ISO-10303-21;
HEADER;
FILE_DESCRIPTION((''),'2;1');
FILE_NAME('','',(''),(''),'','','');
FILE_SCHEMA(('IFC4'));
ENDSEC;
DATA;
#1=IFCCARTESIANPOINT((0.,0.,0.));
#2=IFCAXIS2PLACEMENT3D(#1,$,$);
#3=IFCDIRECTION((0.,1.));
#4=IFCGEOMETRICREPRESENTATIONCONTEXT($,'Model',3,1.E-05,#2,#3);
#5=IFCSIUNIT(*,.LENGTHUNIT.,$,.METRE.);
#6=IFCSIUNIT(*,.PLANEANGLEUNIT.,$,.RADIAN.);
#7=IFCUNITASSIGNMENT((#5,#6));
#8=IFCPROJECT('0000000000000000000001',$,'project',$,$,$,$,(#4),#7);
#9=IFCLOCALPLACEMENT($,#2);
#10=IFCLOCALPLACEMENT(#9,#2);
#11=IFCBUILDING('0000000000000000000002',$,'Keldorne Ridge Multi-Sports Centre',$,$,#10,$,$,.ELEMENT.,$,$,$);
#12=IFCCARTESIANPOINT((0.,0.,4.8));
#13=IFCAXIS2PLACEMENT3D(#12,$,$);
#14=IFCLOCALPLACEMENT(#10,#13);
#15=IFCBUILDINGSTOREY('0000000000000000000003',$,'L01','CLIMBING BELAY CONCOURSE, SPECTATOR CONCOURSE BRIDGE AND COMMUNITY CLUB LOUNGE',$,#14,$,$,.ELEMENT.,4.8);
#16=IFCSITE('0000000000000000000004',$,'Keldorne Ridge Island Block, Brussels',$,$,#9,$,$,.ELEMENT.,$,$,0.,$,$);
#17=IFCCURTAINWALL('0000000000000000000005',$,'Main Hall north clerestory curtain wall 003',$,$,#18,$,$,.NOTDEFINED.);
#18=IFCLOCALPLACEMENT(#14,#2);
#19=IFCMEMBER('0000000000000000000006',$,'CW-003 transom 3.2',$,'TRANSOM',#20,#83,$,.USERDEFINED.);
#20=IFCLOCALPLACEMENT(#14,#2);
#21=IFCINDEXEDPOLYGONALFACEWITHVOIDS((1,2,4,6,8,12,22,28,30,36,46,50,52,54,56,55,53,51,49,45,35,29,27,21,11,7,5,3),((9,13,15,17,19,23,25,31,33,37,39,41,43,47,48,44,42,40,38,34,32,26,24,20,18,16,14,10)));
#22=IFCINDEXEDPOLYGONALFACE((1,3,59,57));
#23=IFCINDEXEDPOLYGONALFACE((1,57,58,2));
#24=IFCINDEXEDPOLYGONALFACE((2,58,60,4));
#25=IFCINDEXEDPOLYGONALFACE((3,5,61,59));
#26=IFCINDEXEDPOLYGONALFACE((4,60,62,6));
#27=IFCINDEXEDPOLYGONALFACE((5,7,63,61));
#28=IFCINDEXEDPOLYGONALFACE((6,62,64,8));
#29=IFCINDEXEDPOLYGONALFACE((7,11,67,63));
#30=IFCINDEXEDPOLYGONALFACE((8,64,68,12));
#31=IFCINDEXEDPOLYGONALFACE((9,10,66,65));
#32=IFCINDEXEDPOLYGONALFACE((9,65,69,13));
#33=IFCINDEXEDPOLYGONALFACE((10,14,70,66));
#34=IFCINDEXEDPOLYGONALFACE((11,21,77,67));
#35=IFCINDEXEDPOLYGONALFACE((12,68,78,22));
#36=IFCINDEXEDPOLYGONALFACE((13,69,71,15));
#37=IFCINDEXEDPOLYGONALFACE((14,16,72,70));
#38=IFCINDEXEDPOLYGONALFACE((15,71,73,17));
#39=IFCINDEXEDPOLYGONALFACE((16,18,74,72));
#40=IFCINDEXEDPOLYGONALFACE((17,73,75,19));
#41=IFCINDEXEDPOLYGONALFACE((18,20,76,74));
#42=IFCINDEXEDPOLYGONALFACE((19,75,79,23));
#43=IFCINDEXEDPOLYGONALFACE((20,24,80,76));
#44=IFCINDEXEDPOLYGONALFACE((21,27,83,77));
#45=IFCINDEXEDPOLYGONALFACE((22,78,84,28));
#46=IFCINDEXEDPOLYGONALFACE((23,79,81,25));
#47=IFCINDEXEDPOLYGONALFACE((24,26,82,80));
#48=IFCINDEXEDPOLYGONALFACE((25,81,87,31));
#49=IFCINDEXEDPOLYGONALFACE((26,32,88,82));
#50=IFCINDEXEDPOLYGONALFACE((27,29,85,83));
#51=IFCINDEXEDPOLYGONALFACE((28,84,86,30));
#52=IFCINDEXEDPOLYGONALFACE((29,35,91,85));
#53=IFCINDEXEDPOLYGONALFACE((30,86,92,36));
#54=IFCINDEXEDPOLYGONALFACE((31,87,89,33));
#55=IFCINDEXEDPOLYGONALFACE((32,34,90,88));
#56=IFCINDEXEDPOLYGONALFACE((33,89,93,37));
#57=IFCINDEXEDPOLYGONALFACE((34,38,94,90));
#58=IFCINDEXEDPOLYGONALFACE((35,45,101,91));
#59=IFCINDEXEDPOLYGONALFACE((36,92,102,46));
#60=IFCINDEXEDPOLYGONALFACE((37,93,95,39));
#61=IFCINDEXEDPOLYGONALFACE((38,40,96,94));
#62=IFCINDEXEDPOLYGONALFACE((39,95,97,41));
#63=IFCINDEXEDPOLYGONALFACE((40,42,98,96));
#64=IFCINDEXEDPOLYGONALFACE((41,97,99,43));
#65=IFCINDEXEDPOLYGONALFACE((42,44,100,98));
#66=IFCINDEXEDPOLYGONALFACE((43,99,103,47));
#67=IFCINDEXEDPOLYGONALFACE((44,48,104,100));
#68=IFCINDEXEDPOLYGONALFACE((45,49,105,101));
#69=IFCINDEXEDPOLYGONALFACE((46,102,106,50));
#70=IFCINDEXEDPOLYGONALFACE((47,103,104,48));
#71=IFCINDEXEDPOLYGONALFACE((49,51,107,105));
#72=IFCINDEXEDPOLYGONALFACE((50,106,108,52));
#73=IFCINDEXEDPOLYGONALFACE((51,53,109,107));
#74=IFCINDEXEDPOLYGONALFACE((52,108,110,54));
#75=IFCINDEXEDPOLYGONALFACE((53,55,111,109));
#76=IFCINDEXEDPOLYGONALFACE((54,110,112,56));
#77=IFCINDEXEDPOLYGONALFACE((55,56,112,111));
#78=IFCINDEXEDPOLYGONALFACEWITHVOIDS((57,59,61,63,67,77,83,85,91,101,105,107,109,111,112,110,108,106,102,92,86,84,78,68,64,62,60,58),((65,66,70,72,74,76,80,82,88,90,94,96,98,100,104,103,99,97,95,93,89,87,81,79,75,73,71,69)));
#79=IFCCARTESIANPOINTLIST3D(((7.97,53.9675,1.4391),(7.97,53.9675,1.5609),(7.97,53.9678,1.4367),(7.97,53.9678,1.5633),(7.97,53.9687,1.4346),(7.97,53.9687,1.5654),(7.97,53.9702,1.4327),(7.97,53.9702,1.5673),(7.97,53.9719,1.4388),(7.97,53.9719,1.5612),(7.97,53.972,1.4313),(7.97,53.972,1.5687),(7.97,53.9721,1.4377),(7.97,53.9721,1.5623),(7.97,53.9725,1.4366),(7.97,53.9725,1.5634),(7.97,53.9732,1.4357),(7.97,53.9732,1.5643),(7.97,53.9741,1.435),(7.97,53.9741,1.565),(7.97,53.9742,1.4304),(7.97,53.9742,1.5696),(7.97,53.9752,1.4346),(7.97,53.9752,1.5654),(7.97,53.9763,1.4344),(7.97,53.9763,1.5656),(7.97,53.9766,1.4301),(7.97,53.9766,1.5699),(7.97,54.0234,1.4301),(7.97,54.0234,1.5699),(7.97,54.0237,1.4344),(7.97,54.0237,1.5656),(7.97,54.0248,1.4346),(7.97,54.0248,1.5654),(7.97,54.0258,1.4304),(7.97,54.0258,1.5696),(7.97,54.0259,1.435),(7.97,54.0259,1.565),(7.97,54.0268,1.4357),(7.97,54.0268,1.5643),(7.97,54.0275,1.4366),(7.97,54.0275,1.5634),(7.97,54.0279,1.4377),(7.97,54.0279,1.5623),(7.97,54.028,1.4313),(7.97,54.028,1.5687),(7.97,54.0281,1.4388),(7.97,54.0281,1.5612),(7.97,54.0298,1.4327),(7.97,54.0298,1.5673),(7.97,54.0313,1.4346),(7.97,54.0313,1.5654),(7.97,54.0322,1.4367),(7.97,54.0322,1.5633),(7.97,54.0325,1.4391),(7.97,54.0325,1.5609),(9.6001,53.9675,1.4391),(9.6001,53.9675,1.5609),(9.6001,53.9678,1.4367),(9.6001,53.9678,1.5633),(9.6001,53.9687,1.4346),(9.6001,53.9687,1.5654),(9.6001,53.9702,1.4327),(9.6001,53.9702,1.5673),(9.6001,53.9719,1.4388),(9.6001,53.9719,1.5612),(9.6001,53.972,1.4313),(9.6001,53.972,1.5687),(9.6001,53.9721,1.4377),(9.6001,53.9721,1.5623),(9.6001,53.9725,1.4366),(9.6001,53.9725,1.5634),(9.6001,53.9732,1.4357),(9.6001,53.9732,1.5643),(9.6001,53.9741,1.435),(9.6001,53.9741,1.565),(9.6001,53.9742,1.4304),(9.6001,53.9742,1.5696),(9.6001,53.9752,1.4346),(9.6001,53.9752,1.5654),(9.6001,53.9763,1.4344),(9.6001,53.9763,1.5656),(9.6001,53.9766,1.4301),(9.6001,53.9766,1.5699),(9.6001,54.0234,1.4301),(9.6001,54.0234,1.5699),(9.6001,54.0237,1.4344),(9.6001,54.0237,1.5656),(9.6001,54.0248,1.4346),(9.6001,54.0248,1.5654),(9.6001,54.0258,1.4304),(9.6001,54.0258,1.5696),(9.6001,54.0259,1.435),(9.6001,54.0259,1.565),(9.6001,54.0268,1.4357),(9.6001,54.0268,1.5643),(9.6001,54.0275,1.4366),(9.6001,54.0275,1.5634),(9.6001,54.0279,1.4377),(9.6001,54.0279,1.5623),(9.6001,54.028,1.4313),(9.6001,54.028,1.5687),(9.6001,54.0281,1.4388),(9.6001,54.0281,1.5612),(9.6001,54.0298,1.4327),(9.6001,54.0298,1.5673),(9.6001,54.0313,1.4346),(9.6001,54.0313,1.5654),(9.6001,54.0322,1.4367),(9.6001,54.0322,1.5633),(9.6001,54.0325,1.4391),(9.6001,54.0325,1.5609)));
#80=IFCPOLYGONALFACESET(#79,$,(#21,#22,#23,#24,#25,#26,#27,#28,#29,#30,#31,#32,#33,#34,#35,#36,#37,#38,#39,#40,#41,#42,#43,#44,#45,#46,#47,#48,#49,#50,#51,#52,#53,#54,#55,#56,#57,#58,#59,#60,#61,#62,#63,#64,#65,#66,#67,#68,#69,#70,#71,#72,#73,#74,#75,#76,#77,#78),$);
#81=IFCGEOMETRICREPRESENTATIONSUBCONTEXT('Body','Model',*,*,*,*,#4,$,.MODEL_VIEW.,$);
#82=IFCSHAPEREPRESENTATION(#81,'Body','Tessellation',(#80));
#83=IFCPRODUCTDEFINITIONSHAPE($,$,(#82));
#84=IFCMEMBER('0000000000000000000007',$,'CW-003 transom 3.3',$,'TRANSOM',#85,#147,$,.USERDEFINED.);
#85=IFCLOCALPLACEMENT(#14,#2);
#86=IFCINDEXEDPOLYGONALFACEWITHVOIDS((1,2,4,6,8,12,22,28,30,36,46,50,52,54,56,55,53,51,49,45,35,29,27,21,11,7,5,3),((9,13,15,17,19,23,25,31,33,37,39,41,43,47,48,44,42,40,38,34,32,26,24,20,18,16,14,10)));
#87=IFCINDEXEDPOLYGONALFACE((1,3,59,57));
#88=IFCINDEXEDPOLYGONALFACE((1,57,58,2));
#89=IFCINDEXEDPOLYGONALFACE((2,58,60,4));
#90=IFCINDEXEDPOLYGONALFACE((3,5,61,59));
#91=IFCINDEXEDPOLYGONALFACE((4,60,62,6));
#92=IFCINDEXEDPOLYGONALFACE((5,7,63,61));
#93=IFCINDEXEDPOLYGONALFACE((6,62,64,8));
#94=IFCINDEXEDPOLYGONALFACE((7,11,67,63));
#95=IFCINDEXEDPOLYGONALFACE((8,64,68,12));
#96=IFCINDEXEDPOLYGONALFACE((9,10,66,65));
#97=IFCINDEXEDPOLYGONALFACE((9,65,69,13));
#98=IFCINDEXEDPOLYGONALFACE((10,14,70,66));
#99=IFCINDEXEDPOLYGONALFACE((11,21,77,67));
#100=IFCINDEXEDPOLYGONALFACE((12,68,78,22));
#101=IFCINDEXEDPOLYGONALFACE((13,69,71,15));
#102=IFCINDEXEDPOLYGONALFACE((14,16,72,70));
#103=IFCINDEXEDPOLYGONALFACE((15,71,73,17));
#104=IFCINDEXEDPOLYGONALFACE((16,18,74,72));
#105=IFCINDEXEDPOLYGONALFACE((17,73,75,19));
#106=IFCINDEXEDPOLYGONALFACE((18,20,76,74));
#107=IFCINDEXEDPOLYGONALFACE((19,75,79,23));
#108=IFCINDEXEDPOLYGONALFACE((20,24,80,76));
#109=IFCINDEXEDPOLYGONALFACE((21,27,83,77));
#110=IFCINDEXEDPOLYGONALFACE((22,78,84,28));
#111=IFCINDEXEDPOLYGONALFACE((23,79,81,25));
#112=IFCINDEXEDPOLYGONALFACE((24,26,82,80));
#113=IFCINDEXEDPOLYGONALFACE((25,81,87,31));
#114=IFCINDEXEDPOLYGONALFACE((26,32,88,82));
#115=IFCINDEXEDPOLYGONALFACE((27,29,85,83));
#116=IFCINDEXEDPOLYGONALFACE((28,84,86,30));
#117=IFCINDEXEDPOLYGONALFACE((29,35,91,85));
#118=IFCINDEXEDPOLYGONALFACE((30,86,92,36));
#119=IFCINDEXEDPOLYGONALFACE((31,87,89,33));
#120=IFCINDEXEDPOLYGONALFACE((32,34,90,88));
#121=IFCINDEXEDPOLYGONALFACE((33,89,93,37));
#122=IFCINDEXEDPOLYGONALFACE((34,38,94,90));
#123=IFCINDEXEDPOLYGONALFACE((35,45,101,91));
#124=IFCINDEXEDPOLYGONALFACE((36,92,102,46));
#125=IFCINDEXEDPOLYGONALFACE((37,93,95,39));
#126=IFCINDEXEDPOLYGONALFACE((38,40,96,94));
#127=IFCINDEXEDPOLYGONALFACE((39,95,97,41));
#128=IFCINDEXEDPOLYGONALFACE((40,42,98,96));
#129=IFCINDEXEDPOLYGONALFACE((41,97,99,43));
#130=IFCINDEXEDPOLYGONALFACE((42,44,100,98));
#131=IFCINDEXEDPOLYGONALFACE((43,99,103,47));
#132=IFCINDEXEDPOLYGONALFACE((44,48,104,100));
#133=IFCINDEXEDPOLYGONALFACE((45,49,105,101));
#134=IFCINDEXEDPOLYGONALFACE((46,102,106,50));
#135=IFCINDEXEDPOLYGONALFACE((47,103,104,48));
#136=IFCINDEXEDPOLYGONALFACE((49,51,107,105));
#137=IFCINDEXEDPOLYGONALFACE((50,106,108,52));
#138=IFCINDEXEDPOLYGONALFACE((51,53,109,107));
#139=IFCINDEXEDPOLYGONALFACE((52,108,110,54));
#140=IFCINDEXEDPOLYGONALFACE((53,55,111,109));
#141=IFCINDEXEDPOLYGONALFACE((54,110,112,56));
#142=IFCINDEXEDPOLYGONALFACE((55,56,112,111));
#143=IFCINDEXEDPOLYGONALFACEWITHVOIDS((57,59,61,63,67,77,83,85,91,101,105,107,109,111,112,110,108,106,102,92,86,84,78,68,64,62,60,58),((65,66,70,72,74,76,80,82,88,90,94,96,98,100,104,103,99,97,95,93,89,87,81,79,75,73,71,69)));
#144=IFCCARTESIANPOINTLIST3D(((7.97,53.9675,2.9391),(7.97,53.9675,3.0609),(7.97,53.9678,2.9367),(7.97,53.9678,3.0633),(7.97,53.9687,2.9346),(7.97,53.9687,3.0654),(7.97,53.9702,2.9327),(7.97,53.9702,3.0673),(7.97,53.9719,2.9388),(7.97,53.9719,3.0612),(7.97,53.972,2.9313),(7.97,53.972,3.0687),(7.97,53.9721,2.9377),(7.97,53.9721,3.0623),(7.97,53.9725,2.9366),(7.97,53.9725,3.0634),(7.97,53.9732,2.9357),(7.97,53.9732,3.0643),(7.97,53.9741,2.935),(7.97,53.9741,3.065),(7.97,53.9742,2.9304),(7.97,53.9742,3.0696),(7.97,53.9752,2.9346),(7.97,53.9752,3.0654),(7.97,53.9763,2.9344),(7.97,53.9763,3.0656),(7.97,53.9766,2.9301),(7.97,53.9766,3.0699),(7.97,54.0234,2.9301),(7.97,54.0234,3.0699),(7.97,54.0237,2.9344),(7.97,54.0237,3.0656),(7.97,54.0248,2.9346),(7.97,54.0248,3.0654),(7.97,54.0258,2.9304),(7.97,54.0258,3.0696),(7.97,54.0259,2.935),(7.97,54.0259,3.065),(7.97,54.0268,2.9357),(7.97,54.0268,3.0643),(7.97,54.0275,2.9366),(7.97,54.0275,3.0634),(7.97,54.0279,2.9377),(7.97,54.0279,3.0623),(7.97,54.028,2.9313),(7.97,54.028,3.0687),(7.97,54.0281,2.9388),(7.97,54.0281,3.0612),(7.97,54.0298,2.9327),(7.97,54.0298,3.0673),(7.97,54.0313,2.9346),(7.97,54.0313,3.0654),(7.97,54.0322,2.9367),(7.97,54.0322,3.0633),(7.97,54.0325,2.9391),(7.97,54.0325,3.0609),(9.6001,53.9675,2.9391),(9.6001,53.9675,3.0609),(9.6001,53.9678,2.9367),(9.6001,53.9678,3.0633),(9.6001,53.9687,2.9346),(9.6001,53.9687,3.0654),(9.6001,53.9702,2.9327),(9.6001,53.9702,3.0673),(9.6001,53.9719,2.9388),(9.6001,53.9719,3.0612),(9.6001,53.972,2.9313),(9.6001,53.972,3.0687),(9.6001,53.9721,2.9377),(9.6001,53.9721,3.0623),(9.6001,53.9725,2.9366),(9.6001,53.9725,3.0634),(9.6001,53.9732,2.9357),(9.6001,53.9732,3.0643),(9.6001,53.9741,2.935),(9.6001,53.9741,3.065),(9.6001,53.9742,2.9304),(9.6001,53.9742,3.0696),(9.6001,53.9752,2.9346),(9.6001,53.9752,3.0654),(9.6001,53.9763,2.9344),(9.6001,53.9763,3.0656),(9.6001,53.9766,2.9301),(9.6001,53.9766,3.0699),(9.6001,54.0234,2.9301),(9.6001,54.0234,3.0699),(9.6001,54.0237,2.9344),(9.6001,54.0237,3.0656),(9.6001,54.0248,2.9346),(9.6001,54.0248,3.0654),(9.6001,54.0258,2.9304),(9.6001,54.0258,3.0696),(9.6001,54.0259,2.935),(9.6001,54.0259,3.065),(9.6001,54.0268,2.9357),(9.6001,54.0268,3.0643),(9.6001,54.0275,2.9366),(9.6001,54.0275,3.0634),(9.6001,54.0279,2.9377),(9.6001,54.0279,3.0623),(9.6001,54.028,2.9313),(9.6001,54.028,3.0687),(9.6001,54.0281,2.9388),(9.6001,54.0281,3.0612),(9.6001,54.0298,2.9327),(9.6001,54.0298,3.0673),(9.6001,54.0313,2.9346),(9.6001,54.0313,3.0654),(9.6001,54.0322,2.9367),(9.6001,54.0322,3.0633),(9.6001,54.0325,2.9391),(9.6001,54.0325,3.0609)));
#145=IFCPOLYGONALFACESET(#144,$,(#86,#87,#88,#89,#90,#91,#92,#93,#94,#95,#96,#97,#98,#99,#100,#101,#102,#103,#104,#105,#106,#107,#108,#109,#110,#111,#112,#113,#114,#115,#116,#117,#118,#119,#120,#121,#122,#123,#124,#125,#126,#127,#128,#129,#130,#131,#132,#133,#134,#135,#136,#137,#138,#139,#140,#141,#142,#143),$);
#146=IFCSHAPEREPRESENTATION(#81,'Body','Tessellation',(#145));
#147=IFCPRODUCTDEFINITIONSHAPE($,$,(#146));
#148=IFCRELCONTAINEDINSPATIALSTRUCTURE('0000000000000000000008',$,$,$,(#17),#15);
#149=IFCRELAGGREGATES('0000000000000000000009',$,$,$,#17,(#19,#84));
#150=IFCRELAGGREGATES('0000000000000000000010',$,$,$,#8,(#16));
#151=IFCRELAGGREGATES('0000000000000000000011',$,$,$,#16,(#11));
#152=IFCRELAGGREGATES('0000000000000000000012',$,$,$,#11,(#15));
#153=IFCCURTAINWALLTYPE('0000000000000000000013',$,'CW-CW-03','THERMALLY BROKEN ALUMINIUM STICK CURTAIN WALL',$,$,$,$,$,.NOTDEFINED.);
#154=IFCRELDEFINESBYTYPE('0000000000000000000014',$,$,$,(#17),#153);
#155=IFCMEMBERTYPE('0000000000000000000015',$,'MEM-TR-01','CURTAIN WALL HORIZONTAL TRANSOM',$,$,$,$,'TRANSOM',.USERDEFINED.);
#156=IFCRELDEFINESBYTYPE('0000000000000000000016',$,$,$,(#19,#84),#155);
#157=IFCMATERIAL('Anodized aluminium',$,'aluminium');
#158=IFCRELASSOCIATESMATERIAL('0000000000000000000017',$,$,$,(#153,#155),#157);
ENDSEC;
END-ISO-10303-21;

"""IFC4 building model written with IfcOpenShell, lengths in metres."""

from ifc_helpers import new_model, si_unit, direction, frame, origin, origin_2d, place, context, subcontext, project, spatial, hollow_rectangle, extrude, material, material_profile, profile_set, type_object, element, aggregate, save


model = new_model("IFC4")

# Units and contexts
model_context = context("Model", 3, precision=1e-05, world=origin(), true_north=direction((0.0, 1.0)))
body_context = subcontext(model_context, "Body", "Model", "MODEL_VIEW")
ifc_project = project(units=[si_unit("LENGTHUNIT", "METRE"), si_unit("PLANEANGLEUNIT", "RADIAN")], contexts=[model_context])

# Site, building, storey
site_placement = place(None, origin())
site = spatial("IfcSite", under=ifc_project, at=site_placement, Name="Keldorne Ridge Island Block, Brussels", CompositionType="ELEMENT", RefElevation=0.0)
building_placement = place(site_placement, origin())
building = spatial("IfcBuilding", under=site, at=building_placement, Name="Keldorne Ridge Multi-Sports Centre", CompositionType="ELEMENT")
storey_placement = place(building_placement, frame((0.0, 0.0, 4.8)))
storey = spatial("IfcBuildingStorey", under=building, at=storey_placement, Name="L01", Description="CLIMBING BELAY CONCOURSE, SPECTATOR CONCOURSE BRIDGE AND COMMUNITY CLUB LOUNGE", CompositionType="ELEMENT", Elevation=4.8)

# Curtain wall, members
ifc_material_1 = material(Name="Anodized aluminium", Category="aluminium")
curtain_wall_type = type_object("IfcCurtainWallType", Name="CW-CW-03", Description="THERMALLY BROKEN ALUMINIUM STICK CURTAIN WALL", PredefinedType="NOTDEFINED", material=ifc_material_1)
curtain_wall_placement = place(storey_placement, origin())
curtain_wall = element("IfcCurtainWall", 1, at=curtain_wall_placement, inside=storey, type_object=curtain_wall_type, Name="Main Hall north clerestory curtain wall 003", PredefinedType="NOTDEFINED")
ifc_material_profile_1 = material_profile(ifc_material_1, hollow_rectangle(XDim=0.0649, YDim=0.1399, WallThickness=0.0044, InnerFilletRadius=0.0044, OuterFilletRadius=0.009, at=origin_2d()), Name="ALU TRANSOM 140x65x4.5")
ifc_profile_set_1 = profile_set([ifc_material_profile_1], Name="Anodized aluminium")
member_type_1 = type_object("IfcMemberType", Name="MEM-TR-01", Description="CURTAIN WALL HORIZONTAL TRANSOM", ElementType="TRANSOM", PredefinedType="USERDEFINED", material=ifc_profile_set_1)
member_1_placement = place(storey_placement, frame((9.6001, 54.0, 1.5), z_axis=(-1.0, 0.0, 0.0), x_axis=(0.0, -1.0, 0.0)))
member_1 = element("IfcMember", 2, at=member_1_placement, type_object=member_type_1, Name="CW-003 transom 3.2", ObjectType="TRANSOM", PredefinedType="USERDEFINED", context=body_context, shape_type="SweptSolid", body=[
    extrude(hollow_rectangle(XDim=0.0649, YDim=0.1399, WallThickness=0.0044, InnerFilletRadius=0.0044, OuterFilletRadius=0.009, at=origin_2d()), origin(), (0.0, 0.0, 1.0), 1.6301),
])
member_2_placement = place(storey_placement, frame((9.6001, 54.0, 3.0), z_axis=(-1.0, 0.0, 0.0), x_axis=(0.0, -1.0, 0.0)))
member_2 = element("IfcMember", 3, at=member_2_placement, type_object=member_type_1, Name="CW-003 transom 3.3", ObjectType="TRANSOM", PredefinedType="USERDEFINED", context=body_context, shape_type="SweptSolid", body=[
    extrude(hollow_rectangle(XDim=0.0649, YDim=0.1399, WallThickness=0.0044, InnerFilletRadius=0.0044, OuterFilletRadius=0.009, at=origin_2d()), origin(), (0.0, 0.0, 1.0), 1.6301),
])
aggregate(curtain_wall, [member_1, member_2])

save(model, "model.ifc")
